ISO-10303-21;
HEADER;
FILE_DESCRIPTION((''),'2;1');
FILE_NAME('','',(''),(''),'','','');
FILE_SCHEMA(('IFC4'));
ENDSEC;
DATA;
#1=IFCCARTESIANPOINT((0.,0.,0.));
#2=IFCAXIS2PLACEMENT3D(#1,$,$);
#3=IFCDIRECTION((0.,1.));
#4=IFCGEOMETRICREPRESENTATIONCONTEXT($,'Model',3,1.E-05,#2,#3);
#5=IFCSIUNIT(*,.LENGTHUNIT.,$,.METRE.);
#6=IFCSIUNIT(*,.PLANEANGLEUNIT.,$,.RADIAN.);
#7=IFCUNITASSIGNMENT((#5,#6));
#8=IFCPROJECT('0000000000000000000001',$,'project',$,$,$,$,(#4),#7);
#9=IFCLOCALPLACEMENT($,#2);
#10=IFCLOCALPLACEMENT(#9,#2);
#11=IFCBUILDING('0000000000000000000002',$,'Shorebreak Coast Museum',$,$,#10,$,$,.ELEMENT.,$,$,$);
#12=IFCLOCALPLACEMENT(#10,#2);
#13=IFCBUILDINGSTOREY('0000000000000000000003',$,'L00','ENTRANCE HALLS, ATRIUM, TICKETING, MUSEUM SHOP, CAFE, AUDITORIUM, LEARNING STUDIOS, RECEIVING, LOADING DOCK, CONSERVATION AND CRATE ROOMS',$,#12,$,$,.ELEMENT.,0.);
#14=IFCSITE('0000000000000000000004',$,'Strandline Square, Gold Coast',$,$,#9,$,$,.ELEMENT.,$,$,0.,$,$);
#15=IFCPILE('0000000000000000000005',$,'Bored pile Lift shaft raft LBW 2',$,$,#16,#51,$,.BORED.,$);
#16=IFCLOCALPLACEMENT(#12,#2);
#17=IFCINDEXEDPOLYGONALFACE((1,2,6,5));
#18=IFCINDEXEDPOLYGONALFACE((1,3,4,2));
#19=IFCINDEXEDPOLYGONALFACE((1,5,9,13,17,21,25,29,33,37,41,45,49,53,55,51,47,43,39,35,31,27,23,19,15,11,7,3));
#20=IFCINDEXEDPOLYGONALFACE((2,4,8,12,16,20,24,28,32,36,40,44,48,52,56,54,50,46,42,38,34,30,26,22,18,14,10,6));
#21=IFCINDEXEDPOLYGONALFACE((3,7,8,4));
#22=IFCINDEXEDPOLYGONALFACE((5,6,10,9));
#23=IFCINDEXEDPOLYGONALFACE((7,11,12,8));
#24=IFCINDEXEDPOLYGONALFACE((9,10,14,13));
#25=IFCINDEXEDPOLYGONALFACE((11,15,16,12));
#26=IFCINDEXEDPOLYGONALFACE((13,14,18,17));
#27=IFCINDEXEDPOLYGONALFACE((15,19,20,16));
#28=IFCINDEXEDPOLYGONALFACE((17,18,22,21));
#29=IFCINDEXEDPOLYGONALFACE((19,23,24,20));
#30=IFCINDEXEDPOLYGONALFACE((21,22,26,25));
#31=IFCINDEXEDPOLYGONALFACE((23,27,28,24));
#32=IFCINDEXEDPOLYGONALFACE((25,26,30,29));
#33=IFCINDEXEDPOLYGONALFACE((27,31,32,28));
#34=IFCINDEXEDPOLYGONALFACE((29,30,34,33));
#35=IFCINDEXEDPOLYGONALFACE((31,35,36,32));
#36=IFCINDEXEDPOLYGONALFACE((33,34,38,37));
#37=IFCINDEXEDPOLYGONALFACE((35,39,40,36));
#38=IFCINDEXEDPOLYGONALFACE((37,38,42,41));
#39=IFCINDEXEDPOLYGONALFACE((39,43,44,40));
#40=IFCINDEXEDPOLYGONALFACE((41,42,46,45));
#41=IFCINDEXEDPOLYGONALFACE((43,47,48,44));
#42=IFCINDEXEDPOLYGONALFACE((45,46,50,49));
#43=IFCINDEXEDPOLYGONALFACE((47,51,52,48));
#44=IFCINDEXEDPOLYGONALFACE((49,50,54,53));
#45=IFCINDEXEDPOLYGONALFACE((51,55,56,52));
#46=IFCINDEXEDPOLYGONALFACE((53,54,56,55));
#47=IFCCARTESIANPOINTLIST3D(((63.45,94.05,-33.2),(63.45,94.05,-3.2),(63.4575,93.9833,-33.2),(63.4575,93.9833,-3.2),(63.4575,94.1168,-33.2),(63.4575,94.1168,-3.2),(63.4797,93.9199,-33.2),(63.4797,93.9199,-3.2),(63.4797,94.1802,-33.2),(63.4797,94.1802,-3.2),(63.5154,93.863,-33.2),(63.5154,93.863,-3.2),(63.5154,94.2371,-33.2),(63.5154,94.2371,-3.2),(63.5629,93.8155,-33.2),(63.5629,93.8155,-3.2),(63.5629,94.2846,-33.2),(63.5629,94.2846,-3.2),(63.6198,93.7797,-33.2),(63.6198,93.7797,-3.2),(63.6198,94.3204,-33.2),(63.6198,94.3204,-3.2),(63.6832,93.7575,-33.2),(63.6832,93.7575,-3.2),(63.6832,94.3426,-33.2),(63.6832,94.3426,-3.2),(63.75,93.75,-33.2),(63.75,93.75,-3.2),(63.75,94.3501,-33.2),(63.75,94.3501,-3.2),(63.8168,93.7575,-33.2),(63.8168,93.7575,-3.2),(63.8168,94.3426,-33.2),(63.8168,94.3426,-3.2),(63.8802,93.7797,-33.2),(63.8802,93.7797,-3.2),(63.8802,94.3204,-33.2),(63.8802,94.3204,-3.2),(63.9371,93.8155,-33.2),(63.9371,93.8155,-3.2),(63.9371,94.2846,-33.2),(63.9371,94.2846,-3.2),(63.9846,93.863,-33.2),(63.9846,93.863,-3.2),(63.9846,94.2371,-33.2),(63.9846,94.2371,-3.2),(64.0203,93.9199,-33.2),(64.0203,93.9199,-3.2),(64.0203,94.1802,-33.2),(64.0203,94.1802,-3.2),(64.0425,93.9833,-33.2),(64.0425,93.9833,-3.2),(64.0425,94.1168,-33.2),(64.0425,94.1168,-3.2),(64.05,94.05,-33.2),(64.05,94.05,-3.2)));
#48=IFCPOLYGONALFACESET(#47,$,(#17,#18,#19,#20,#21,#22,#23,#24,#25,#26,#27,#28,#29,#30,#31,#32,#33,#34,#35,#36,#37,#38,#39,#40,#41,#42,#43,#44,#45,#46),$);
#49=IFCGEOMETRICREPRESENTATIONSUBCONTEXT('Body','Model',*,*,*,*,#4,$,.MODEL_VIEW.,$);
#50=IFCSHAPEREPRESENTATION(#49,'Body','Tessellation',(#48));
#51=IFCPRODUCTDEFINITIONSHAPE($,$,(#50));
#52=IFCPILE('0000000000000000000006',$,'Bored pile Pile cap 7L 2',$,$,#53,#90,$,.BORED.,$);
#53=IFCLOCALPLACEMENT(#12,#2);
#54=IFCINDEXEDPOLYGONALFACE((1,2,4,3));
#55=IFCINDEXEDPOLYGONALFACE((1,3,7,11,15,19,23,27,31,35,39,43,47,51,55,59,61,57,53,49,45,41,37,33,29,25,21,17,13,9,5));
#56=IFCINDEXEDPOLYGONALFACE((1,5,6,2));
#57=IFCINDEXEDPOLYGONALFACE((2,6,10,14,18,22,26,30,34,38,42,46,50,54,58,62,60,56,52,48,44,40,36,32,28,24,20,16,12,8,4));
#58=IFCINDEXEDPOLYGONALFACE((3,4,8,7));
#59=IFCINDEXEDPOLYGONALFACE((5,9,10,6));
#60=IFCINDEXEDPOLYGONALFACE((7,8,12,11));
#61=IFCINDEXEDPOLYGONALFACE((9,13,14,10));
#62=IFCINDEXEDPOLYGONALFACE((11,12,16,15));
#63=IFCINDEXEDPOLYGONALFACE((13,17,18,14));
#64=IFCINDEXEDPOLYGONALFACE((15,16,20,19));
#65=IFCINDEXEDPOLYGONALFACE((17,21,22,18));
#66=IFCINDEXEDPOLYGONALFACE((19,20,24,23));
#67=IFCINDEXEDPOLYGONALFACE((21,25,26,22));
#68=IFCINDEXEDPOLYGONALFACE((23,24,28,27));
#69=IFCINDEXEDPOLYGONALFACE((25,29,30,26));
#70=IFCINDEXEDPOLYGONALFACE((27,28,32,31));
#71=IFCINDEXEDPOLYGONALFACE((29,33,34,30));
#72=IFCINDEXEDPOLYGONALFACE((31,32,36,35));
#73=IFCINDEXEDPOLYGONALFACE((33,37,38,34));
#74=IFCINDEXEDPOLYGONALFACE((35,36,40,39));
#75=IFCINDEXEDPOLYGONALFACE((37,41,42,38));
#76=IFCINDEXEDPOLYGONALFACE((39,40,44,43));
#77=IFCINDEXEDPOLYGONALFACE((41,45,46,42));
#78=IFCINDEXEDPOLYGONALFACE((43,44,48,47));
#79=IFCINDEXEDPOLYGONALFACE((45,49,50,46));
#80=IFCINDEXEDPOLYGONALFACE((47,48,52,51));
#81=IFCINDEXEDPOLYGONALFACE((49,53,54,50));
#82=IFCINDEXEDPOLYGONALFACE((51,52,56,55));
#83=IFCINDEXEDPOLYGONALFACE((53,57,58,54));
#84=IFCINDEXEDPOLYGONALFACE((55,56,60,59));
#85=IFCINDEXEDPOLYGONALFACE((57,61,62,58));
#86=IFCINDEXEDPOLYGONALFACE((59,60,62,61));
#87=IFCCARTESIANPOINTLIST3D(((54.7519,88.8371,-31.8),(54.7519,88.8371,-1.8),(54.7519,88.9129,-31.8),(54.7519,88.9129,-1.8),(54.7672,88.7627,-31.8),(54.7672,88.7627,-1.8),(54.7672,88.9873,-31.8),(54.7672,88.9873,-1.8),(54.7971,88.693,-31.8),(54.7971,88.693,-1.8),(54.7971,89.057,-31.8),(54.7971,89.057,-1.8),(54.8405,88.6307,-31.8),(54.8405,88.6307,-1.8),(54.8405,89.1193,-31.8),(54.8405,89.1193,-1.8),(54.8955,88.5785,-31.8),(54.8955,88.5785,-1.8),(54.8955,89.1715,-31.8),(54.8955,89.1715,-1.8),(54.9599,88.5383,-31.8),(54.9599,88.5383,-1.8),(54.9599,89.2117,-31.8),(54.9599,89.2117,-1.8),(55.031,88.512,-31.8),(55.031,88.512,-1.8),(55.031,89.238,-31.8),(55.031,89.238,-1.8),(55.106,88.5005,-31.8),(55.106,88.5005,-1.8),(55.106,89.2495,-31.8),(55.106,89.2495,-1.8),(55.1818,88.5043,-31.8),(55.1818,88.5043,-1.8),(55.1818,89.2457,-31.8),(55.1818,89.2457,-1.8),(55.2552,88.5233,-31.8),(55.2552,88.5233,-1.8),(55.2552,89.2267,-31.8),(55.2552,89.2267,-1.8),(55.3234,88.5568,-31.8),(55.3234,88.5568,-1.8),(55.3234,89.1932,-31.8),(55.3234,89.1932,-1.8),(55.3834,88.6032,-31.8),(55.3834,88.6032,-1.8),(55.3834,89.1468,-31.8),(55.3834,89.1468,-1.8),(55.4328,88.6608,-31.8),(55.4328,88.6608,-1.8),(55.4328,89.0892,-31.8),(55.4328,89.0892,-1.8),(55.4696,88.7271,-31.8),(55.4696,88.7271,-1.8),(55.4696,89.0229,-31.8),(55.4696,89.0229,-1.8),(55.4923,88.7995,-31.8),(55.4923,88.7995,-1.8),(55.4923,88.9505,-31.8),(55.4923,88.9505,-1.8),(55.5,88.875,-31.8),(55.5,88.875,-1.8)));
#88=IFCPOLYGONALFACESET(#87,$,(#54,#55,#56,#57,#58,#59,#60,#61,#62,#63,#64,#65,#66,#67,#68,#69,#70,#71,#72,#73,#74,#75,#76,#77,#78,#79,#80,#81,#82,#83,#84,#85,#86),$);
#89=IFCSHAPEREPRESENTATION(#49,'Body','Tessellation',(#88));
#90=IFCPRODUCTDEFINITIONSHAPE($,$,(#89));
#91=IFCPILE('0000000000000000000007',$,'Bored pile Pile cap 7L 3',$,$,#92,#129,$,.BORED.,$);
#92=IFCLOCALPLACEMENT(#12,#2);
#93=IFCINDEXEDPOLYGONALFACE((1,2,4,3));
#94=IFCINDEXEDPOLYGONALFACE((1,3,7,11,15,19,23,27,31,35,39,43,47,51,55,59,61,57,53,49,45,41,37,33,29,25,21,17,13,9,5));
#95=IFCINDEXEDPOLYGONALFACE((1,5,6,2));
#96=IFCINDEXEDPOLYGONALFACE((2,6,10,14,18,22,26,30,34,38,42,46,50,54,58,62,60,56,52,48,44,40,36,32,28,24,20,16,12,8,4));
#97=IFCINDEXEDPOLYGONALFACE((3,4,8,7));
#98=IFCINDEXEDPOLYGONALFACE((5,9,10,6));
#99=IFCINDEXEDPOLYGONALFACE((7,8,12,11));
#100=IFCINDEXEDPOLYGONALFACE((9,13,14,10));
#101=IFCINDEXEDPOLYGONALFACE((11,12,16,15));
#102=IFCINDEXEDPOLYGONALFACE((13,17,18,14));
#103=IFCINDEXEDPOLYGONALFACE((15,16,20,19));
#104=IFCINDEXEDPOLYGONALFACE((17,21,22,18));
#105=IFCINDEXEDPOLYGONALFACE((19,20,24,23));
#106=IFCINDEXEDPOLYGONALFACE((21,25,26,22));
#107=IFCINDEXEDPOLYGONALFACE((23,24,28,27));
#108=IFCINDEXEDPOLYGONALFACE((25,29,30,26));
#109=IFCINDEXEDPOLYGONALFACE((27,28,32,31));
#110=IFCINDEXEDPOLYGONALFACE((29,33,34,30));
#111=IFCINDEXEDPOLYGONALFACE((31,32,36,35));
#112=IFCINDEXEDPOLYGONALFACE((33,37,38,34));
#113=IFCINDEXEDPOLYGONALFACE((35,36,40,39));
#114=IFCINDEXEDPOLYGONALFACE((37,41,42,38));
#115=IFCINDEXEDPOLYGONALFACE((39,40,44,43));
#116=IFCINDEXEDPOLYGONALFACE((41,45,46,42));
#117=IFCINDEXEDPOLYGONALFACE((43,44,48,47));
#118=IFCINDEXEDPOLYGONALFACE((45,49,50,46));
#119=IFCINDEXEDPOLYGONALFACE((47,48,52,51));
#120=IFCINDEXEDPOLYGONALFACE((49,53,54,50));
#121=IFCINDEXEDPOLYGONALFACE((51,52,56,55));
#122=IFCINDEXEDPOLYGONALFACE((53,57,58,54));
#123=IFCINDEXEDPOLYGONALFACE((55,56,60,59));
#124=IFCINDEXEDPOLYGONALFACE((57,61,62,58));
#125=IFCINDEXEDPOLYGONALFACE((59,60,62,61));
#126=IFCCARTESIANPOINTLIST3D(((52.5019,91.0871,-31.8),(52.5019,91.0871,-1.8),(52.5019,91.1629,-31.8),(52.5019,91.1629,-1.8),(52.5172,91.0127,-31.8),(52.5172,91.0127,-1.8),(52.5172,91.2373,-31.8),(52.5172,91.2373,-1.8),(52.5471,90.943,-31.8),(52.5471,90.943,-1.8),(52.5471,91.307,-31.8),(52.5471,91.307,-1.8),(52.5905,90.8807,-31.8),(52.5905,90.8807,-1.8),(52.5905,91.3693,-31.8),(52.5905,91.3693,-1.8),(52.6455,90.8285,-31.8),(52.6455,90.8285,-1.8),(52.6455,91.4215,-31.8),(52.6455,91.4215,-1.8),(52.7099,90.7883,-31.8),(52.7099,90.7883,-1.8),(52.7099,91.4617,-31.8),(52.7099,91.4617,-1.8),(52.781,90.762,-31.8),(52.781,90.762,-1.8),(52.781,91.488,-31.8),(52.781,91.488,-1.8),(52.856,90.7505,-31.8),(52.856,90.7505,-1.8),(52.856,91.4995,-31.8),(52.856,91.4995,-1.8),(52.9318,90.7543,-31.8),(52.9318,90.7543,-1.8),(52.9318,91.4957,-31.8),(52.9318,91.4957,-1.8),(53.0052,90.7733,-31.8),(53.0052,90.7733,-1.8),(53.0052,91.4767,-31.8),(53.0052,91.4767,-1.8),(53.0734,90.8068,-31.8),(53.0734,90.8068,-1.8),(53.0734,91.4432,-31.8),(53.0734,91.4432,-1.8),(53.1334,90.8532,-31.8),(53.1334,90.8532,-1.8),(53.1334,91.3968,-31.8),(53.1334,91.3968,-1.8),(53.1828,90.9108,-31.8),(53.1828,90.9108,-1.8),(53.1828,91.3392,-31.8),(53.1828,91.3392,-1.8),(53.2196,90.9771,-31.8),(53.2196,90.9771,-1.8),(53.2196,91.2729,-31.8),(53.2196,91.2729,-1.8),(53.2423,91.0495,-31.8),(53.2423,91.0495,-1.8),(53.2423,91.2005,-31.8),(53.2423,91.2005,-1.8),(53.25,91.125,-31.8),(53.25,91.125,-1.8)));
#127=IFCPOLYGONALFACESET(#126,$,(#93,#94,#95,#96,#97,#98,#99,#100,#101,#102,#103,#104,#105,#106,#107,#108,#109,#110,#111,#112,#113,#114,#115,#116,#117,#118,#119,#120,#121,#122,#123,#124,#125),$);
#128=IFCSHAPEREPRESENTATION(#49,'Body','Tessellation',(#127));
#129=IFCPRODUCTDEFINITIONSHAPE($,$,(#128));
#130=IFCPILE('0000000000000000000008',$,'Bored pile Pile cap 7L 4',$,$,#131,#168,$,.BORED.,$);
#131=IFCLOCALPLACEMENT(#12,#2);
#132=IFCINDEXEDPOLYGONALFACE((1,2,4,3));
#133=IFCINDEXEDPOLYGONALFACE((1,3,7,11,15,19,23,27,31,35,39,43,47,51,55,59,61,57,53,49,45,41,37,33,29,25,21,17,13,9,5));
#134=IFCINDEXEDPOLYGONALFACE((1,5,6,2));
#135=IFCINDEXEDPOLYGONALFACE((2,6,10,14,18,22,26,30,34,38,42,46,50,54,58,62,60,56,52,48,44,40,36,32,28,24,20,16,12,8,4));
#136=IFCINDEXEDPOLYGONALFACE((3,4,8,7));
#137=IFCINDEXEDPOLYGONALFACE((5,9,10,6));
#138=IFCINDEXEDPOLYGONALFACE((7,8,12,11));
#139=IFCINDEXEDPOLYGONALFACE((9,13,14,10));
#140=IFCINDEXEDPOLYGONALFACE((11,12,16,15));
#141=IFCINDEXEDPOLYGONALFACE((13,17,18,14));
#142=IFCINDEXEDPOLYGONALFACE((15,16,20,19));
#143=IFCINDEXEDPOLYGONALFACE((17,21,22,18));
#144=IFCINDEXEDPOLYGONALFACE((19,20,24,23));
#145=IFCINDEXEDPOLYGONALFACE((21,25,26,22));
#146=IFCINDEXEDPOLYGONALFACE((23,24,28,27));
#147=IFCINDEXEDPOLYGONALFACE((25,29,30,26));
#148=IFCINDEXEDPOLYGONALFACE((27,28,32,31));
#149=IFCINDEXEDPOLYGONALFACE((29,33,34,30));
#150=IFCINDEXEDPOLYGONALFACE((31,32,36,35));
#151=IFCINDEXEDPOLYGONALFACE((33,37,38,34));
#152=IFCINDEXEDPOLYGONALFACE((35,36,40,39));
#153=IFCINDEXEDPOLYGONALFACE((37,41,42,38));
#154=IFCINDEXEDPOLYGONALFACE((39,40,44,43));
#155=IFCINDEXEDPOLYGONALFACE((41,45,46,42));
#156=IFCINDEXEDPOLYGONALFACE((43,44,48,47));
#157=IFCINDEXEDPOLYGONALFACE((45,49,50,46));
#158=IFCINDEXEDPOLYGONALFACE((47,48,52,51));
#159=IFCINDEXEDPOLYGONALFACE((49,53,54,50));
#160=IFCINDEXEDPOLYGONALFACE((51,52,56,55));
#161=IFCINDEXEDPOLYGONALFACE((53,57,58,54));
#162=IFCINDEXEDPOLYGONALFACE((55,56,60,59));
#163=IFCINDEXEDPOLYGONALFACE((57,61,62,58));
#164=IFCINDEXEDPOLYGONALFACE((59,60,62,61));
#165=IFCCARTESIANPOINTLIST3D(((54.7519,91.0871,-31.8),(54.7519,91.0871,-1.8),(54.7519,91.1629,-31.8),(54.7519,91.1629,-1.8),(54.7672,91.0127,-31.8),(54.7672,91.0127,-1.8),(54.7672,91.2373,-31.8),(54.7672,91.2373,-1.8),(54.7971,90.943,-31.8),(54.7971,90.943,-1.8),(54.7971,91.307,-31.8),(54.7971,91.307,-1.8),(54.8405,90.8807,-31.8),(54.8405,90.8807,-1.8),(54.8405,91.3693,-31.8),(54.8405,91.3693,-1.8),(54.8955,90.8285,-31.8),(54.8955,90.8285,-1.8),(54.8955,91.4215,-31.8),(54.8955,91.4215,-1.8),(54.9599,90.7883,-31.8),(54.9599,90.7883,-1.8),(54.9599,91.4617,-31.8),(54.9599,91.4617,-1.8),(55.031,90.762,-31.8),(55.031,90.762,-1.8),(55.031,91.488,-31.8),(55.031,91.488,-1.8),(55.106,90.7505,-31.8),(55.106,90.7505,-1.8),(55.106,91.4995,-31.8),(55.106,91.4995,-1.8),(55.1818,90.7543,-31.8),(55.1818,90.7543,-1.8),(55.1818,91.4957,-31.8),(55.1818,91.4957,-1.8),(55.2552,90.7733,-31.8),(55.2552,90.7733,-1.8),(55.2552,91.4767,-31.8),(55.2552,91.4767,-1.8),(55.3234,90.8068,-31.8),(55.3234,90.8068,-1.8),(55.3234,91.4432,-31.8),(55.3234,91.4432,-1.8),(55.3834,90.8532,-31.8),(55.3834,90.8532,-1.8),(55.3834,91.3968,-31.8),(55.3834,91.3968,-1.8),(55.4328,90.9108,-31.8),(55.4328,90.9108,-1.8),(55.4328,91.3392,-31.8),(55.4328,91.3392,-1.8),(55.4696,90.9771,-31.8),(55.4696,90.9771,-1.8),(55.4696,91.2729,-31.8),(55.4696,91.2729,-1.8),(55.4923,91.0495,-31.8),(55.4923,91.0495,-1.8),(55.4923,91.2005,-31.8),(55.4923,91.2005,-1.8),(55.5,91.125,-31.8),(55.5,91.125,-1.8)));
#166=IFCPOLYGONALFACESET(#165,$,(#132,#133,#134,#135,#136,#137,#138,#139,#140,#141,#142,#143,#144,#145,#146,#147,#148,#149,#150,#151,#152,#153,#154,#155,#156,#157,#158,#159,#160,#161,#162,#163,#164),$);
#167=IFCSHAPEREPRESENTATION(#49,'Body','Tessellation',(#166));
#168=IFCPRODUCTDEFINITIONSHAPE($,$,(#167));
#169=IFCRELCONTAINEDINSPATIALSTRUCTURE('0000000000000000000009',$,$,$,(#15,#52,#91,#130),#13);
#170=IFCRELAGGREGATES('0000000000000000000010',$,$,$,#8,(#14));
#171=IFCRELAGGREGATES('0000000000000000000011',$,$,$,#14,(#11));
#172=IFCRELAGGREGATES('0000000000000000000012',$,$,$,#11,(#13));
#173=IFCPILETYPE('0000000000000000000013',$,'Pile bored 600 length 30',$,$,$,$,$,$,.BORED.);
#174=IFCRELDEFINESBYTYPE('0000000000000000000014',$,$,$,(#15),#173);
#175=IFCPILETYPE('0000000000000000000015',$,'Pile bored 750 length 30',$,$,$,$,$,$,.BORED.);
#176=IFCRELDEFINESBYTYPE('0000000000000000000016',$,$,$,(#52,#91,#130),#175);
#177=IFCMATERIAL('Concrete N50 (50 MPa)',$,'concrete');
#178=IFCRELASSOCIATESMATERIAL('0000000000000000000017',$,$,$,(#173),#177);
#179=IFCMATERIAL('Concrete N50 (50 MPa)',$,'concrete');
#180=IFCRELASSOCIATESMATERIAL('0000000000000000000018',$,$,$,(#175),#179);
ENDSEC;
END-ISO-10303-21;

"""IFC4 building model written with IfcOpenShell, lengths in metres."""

from ifc_helpers import new_model, si_unit, direction, frame, origin, origin_2d, place, context, subcontext, project, spatial, circle, extrude, material, material_profile, profile_set, type_object, element, save


model = new_model("IFC4")

# Units and contexts
model_context = context("Model", 3, precision=1e-05, world=origin(), true_north=direction((0.0, 1.0)))
body_context = subcontext(model_context, "Body", "Model", "MODEL_VIEW")
ifc_project = project(units=[si_unit("LENGTHUNIT", "METRE"), si_unit("PLANEANGLEUNIT", "RADIAN")], contexts=[model_context])

# Site, building, storey
site_placement = place(None, origin())
site = spatial("IfcSite", under=ifc_project, at=site_placement, Name="Strandline Square, Gold Coast", CompositionType="ELEMENT", RefElevation=0.0)
building_placement = place(site_placement, origin())
building = spatial("IfcBuilding", under=site, at=building_placement, Name="Shorebreak Coast Museum", CompositionType="ELEMENT")
storey_placement = place(building_placement, origin())
storey = spatial("IfcBuildingStorey", under=building, at=storey_placement, Name="L00", Description="ENTRANCE HALLS, ATRIUM, TICKETING, MUSEUM SHOP, CAFE, AUDITORIUM, LEARNING STUDIOS, RECEIVING, LOADING DOCK, CONSERVATION AND CRATE ROOMS", CompositionType="ELEMENT", Elevation=0.0)

# Piles
ifc_material_1 = material(Name="Concrete N50 (50 MPa)", Category="concrete")
ifc_material_profile_1 = material_profile(ifc_material_1, circle(Radius=0.3, at=origin_2d()), Name="Pile bored 600 length 30")
ifc_profile_set_1 = profile_set([ifc_material_profile_1], Name="Concrete N50 (50 MPa)")
pile_type_1 = type_object("IfcPileType", Name="Pile bored 600 length 30", PredefinedType="BORED", material=ifc_profile_set_1)
for number, where, z_axis, x_axis, name in (
    (1, (63.75, 94.05, -3.2), (0.0, 0.0, -1.0), (1.0, 0.0, 0.0), "Bored pile Lift shaft raft LBW 2"),
):
    element("IfcPile", number, at=place(storey_placement, frame(where, z_axis=z_axis, x_axis=x_axis)), inside=storey, type_object=pile_type_1, Name=name, PredefinedType="BORED", context=body_context, shape_type="SweptSolid", body=[
        extrude(circle(Radius=0.3, at=origin_2d()), origin(), (0.0, 0.0, 1.0), 30.0),
    ])
ifc_material_2 = material(Name="Concrete N50 (50 MPa)", Category="concrete")
ifc_material_profile_2 = material_profile(ifc_material_2, circle(Radius=0.375, at=origin_2d()), Name="Pile bored 750 length 30")
ifc_profile_set_2 = profile_set([ifc_material_profile_2], Name="Concrete N50 (50 MPa)")
pile_type_2 = type_object("IfcPileType", Name="Pile bored 750 length 30", PredefinedType="BORED", material=ifc_profile_set_2)
for number, where, z_axis, x_axis, name in (
    (2, (55.125, 88.875, -1.8), (0.0, 0.0, -1.0), (1.0, 0.0, 0.0), "Bored pile Pile cap 7L 2"),
    (3, (52.875, 91.125, -1.8), (0.0, 0.0, -1.0), (1.0, 0.0, 0.0), "Bored pile Pile cap 7L 3"),
    (4, (55.125, 91.125, -1.8), (0.0, 0.0, -1.0), (1.0, 0.0, 0.0), "Bored pile Pile cap 7L 4"),
):
    element("IfcPile", number, at=place(storey_placement, frame(where, z_axis=z_axis, x_axis=x_axis)), inside=storey, type_object=pile_type_2, Name=name, PredefinedType="BORED", context=body_context, shape_type="SweptSolid", body=[
        extrude(circle(Radius=0.375, at=origin_2d()), origin(), (0.0, 0.0, 1.0), 30.0),
    ])

save(model, "model.ifc")
